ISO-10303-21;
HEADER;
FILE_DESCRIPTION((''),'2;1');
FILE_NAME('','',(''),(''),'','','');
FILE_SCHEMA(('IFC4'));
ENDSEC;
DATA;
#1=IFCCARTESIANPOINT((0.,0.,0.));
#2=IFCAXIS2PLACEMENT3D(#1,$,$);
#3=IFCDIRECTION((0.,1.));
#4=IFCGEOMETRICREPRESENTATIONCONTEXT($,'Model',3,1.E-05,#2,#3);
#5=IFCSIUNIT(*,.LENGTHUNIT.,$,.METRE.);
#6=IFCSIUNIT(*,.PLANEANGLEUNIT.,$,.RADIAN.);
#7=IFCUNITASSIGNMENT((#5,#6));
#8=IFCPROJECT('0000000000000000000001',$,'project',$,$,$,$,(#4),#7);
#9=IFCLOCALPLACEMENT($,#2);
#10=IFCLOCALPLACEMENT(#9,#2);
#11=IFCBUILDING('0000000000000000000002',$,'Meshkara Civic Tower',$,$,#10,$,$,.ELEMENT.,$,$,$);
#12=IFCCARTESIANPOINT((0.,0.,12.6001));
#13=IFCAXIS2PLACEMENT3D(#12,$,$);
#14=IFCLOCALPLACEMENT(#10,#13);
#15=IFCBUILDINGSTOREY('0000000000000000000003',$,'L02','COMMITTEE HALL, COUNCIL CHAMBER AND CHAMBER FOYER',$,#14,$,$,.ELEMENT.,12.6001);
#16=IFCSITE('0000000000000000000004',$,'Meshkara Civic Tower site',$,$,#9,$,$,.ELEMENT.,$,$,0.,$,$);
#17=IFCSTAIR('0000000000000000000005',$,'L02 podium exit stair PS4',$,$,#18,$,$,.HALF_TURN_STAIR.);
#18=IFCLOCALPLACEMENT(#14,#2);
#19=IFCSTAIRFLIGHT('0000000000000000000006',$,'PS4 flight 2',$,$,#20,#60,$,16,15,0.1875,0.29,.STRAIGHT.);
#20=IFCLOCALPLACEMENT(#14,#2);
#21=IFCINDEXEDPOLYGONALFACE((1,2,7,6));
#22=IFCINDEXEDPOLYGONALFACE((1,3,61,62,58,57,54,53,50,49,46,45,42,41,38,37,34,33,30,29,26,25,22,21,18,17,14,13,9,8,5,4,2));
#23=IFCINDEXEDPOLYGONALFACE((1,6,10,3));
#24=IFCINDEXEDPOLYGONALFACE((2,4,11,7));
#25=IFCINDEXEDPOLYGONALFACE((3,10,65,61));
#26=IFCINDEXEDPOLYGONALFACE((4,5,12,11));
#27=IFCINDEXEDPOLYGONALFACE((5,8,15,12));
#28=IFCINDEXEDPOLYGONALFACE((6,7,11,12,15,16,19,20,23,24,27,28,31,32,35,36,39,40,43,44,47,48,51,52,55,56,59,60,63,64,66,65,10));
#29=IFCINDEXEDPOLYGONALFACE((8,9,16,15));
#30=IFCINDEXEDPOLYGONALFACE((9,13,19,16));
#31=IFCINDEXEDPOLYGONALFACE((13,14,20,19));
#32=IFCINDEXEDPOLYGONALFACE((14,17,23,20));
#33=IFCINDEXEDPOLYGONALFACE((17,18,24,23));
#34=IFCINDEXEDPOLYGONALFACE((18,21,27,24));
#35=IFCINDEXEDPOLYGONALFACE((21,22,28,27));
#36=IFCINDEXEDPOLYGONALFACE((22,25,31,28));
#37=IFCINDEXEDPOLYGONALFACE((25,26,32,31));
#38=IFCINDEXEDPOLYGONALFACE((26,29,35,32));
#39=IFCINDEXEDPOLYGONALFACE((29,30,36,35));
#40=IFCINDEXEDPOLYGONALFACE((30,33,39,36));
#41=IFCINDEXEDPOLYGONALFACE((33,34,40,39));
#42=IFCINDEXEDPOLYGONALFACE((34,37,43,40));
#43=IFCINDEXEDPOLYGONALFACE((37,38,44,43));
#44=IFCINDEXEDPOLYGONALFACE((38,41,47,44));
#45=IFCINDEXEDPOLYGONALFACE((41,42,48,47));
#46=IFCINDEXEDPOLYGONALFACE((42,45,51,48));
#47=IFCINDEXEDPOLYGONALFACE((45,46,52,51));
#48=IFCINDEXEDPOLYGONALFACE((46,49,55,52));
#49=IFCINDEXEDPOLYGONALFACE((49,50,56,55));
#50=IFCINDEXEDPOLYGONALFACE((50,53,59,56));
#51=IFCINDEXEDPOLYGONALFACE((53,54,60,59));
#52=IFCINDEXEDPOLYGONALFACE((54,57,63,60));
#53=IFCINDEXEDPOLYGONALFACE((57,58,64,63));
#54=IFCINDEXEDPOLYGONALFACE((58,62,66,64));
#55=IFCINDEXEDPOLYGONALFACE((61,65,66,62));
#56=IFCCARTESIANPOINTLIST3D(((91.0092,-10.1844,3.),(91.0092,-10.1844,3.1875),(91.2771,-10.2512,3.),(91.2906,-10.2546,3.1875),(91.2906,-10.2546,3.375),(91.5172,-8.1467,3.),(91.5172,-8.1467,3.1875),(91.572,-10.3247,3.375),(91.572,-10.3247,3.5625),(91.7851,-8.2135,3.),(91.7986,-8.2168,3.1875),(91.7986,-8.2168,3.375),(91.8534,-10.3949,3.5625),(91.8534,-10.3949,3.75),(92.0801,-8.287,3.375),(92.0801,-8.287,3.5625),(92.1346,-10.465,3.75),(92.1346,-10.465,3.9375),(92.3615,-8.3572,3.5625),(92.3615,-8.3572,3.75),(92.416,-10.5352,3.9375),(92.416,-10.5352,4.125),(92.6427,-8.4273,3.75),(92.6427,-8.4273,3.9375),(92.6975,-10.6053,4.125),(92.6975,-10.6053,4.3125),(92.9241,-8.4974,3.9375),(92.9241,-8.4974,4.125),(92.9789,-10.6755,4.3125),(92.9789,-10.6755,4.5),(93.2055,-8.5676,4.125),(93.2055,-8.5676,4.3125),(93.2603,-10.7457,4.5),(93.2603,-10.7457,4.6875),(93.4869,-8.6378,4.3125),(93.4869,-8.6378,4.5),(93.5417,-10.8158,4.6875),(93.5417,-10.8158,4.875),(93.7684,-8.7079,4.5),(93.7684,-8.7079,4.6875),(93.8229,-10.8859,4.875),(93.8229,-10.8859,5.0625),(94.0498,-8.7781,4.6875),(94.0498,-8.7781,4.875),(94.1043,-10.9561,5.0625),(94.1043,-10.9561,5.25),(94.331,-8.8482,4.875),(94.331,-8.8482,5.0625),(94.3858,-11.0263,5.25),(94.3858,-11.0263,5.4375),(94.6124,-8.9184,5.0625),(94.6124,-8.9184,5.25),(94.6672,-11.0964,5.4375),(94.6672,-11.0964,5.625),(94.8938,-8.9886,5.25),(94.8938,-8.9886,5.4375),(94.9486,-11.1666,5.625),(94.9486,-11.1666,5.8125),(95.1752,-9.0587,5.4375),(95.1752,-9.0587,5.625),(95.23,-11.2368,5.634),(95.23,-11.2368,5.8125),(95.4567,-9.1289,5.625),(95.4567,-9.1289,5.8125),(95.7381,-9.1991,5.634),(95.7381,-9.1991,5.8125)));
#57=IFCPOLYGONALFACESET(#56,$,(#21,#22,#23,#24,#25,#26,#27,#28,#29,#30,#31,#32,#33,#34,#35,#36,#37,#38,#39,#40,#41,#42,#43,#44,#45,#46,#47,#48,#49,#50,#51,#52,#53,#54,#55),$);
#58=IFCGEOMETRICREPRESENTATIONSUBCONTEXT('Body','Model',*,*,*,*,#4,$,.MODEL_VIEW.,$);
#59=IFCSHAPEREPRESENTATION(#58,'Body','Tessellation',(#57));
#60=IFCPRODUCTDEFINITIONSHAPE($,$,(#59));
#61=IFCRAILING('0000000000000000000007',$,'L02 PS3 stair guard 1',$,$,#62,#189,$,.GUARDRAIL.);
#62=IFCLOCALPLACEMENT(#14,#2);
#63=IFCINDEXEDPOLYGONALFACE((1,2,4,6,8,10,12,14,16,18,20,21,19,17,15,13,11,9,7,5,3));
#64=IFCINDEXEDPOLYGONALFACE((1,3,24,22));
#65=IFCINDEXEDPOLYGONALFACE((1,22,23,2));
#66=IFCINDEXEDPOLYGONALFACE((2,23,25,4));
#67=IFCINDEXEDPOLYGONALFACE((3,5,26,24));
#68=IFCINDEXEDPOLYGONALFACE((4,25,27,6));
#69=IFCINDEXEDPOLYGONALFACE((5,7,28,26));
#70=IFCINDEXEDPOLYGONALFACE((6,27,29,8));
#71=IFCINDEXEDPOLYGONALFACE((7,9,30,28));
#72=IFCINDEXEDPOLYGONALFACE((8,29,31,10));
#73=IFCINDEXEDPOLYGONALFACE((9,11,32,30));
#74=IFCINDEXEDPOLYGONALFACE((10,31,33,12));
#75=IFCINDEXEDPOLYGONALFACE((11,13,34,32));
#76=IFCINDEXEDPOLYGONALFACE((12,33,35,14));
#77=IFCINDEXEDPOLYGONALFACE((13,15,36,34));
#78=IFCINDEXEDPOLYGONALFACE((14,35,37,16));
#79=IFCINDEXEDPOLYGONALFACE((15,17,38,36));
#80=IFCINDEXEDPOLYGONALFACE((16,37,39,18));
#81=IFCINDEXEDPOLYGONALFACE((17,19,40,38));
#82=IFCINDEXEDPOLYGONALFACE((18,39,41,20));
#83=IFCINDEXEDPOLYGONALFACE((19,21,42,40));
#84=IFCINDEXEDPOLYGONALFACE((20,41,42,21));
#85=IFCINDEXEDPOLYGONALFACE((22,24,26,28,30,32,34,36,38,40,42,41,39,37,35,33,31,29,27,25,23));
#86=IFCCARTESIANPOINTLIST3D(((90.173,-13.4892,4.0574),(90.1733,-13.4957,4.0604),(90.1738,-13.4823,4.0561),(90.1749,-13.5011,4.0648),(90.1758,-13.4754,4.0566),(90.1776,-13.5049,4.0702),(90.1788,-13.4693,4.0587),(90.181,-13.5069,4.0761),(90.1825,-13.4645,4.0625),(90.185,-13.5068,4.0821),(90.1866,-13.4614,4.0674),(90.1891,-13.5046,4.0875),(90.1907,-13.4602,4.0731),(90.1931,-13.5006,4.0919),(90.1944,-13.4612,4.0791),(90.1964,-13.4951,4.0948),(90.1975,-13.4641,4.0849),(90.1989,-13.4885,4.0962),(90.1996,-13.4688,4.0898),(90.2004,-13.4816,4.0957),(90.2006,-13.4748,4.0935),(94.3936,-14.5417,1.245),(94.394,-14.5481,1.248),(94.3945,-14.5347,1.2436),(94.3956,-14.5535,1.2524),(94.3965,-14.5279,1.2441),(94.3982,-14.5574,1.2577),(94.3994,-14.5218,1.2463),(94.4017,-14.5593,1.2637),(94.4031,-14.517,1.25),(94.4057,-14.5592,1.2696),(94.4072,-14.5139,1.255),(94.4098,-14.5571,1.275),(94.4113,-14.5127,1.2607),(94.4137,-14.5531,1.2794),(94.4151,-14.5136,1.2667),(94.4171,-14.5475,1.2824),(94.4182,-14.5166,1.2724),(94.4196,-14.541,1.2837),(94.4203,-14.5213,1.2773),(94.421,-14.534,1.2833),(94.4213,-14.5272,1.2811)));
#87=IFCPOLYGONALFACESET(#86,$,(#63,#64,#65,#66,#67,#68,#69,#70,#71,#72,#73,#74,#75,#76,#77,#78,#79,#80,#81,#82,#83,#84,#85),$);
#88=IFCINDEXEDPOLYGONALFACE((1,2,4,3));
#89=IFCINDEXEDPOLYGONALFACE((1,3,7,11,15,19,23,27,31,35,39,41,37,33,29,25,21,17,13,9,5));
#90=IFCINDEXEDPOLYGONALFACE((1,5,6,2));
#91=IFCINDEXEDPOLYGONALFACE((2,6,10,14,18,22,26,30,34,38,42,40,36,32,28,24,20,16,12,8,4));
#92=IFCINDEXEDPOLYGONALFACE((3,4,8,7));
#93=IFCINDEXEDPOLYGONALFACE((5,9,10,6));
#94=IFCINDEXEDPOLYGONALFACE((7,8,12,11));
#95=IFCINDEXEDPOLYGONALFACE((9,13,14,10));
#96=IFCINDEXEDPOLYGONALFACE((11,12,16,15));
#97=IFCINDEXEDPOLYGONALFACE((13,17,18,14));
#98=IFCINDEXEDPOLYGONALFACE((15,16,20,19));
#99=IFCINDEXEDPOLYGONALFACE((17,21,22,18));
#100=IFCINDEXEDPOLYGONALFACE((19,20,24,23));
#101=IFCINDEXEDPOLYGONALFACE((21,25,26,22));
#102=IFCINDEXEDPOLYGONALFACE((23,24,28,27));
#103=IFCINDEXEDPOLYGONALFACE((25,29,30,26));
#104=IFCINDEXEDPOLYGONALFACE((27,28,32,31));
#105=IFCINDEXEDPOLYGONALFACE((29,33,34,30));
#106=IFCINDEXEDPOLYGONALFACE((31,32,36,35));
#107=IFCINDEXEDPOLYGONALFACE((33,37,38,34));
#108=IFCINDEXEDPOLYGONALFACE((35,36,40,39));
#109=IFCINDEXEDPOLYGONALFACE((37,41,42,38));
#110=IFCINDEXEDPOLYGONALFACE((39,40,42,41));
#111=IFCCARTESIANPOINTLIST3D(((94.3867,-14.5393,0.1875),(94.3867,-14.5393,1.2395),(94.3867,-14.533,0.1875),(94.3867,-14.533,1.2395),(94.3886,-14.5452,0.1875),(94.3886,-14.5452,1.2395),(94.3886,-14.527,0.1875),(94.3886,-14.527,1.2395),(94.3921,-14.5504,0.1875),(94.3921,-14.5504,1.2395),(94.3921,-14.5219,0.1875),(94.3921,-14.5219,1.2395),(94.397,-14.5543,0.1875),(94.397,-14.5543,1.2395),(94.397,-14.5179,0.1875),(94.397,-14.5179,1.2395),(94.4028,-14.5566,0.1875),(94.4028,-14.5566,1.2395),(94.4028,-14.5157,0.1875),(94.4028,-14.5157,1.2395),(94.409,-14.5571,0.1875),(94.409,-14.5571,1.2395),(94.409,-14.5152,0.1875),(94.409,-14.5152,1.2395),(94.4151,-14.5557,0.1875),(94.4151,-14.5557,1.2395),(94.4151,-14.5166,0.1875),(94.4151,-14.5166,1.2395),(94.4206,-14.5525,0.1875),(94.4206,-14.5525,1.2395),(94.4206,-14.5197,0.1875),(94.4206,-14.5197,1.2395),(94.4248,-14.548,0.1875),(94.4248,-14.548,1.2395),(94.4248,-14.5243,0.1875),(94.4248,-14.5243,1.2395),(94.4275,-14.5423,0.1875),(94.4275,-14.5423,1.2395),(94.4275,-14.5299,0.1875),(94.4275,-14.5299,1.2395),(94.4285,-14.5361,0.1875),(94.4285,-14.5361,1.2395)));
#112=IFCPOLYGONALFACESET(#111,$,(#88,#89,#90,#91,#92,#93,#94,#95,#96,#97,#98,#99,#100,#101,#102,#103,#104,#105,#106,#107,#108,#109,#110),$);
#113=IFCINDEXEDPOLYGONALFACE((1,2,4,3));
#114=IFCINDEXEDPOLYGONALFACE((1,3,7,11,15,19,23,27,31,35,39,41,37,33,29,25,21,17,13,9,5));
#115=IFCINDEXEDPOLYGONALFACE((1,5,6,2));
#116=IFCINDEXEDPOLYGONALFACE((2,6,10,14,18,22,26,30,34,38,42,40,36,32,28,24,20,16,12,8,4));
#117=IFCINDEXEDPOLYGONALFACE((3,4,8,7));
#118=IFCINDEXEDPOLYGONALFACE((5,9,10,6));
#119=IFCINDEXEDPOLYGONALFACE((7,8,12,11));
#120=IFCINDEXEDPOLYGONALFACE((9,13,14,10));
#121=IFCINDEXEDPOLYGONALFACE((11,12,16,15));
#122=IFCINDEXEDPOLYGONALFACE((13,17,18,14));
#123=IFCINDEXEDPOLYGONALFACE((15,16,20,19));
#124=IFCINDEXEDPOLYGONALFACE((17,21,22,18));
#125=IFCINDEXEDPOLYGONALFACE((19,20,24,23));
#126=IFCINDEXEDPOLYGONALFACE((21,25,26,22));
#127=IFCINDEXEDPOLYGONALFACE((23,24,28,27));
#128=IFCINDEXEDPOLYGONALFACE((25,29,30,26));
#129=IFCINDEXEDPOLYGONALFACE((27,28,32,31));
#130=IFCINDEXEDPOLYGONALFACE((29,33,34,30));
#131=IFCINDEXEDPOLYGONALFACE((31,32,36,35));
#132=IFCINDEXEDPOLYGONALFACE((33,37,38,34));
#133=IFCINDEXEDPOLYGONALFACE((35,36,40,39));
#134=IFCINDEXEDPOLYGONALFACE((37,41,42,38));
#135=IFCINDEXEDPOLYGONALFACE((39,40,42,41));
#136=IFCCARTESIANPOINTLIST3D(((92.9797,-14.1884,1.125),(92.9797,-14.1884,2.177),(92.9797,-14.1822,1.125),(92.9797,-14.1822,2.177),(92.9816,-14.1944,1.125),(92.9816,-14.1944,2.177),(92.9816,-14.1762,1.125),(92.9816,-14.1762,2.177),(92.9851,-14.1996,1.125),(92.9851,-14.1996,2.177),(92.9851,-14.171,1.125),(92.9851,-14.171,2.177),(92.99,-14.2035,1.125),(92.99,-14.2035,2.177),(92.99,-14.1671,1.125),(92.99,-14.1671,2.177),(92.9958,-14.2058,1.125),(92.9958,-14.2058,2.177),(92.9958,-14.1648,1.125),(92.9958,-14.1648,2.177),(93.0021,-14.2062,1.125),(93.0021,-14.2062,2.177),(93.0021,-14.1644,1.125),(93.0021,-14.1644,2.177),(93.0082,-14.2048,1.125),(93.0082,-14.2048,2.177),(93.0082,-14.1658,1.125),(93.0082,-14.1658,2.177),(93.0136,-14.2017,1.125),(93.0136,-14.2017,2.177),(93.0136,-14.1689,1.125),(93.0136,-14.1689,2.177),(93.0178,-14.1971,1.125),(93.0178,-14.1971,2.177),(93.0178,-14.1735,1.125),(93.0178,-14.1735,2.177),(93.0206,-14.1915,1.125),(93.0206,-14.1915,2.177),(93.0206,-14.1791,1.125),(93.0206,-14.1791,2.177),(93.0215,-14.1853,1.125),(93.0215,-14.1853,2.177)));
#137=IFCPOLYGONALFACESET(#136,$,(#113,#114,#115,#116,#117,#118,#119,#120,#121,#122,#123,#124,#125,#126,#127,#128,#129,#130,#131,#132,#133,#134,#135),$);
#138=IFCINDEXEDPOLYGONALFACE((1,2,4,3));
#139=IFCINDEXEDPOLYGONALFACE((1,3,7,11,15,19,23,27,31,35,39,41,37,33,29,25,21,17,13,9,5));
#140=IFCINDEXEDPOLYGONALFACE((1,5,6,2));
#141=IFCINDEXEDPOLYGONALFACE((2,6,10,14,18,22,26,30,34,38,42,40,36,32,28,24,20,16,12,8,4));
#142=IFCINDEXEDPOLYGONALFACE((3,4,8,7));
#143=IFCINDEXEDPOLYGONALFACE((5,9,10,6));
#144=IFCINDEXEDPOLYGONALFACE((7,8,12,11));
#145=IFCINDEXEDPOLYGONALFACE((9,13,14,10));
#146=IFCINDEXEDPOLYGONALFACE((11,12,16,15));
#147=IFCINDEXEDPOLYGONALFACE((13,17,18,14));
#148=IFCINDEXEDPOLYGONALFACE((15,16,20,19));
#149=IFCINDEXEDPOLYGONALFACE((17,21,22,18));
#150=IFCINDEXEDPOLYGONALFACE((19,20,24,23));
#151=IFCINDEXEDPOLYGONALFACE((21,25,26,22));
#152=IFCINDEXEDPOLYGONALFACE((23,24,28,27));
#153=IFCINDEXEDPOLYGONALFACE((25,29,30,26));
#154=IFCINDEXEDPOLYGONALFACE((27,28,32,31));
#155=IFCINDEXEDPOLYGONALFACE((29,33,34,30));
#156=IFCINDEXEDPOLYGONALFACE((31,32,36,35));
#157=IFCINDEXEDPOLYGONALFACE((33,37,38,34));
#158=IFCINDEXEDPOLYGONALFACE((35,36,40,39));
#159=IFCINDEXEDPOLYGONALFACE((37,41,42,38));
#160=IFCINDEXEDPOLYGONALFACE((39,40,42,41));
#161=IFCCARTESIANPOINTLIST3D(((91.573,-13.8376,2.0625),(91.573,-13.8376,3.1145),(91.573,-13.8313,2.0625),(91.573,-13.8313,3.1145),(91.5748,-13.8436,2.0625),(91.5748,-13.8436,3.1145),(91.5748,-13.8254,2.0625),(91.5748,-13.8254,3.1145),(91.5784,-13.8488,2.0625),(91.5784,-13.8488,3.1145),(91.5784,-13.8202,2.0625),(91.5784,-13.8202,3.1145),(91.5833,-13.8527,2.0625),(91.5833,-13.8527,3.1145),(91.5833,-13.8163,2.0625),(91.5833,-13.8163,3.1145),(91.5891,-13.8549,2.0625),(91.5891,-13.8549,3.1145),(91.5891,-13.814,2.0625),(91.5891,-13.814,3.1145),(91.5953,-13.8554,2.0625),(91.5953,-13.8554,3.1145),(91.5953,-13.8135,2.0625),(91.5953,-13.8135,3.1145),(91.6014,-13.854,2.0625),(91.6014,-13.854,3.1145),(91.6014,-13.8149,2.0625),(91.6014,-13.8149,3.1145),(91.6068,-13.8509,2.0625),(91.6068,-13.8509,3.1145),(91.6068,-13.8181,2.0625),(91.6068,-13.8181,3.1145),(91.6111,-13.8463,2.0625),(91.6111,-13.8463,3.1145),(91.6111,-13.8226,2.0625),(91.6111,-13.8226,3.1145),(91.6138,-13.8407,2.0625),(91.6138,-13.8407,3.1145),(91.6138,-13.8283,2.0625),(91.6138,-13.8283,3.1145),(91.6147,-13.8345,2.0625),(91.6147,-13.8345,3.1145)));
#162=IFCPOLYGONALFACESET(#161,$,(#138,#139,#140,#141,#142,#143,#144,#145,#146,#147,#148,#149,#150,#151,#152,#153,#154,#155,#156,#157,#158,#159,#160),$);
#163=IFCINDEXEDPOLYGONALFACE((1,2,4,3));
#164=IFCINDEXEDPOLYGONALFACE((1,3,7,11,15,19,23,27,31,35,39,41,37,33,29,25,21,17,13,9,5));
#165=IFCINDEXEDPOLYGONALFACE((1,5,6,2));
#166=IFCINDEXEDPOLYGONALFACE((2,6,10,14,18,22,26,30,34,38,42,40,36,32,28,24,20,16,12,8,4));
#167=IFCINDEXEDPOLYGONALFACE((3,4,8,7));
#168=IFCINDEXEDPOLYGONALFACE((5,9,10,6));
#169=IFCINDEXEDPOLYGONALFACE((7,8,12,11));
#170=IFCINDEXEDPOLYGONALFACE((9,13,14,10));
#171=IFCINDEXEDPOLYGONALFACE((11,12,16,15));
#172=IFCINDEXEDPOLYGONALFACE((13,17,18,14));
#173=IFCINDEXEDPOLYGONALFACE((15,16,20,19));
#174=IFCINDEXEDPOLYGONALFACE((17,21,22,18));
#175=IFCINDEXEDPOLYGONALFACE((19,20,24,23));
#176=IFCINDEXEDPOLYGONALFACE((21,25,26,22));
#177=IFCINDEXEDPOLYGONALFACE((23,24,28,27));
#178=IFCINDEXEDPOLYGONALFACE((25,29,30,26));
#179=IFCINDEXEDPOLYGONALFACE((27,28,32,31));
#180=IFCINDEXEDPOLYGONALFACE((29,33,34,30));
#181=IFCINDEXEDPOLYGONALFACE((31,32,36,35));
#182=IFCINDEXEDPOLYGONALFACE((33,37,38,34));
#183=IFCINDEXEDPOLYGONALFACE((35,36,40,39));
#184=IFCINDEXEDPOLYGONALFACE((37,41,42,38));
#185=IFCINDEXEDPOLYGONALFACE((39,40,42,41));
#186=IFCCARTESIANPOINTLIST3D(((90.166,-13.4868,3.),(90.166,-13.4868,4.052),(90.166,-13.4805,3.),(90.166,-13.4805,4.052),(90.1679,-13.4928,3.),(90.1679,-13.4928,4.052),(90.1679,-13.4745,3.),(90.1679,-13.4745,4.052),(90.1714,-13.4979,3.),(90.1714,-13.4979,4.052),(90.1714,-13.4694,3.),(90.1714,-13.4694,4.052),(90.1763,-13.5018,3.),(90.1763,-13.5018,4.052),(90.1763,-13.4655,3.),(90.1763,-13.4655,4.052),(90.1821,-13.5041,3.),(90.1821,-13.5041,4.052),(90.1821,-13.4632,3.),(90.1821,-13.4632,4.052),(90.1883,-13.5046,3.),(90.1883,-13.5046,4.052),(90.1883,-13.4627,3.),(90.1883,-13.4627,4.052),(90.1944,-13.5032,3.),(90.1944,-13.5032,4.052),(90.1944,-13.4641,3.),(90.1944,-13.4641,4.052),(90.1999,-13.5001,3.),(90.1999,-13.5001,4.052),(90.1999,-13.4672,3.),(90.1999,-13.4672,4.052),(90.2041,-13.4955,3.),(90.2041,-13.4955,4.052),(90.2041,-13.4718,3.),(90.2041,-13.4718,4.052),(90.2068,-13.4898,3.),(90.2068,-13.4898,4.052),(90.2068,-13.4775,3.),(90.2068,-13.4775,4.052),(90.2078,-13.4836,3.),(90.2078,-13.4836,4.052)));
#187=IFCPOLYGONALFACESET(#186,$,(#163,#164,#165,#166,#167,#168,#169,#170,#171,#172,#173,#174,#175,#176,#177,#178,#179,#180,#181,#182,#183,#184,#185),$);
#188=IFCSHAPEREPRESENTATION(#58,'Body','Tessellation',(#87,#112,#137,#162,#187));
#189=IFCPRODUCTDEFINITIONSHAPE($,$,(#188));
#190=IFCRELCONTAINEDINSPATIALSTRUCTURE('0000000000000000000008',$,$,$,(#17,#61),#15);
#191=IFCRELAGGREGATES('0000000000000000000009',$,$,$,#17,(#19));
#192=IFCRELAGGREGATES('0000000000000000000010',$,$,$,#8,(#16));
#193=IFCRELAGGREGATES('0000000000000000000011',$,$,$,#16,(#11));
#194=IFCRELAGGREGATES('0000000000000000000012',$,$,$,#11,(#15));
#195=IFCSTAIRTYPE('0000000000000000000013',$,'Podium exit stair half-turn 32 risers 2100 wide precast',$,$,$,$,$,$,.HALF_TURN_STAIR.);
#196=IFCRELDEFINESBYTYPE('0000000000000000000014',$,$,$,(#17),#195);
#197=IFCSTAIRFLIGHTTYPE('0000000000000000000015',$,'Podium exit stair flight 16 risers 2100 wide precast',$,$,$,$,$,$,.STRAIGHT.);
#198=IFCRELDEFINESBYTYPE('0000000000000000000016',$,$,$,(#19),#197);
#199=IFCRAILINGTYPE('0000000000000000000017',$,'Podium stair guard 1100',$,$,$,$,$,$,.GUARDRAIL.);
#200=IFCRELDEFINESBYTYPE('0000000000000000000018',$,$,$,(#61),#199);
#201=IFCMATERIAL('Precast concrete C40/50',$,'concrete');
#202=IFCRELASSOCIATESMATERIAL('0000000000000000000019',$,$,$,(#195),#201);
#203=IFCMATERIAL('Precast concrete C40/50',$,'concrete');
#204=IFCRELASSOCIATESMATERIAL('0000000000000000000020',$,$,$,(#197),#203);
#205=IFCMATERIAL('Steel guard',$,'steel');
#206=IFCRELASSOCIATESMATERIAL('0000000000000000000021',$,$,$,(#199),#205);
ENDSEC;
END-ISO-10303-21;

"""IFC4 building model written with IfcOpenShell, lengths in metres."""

from ifc_helpers import new_model, si_unit, direction, frame, origin, origin_2d, place, context, subcontext, project, spatial, polyline, circle, outline, extrude, material, type_object, element, aggregate, save


model = new_model("IFC4")

# Units and contexts
model_context = context("Model", 3, precision=1e-05, world=origin(), true_north=direction((0.0, 1.0)))
body_context = subcontext(model_context, "Body", "Model", "MODEL_VIEW")
ifc_project = project(units=[si_unit("LENGTHUNIT", "METRE"), si_unit("PLANEANGLEUNIT", "RADIAN")], contexts=[model_context])

# Site, building, storey
site_placement = place(None, origin())
site = spatial("IfcSite", under=ifc_project, at=site_placement, Name="Meshkara Civic Tower site", CompositionType="ELEMENT", RefElevation=0.0)
building_placement = place(site_placement, origin())
building = spatial("IfcBuilding", under=site, at=building_placement, Name="Meshkara Civic Tower", CompositionType="ELEMENT")
storey_placement = place(building_placement, frame((0.0, 0.0, 12.6001)))
storey = spatial("IfcBuildingStorey", under=building, at=storey_placement, Name="L02", Description="COMMITTEE HALL, COUNCIL CHAMBER AND CHAMBER FOYER", CompositionType="ELEMENT", Elevation=12.6001)

# Stair, stair flight
ifc_material_1 = material(Name="Precast concrete C40/50", Category="concrete")
stair_type = type_object("IfcStairType", Name="Podium exit stair half-turn 32 risers 2100 wide precast", PredefinedType="HALF_TURN_STAIR", material=ifc_material_1)
ifc_material_2 = material(Name="Precast concrete C40/50", Category="concrete")
stair_flight_type = type_object("IfcStairFlightType", Name="Podium exit stair flight 16 risers 2100 wide precast", PredefinedType="STRAIGHT", material=ifc_material_2)
stair_1_placement = place(storey_placement, origin())
stair_1 = element("IfcStair", 1, at=stair_1_placement, inside=storey, type_object=stair_type, Name="L02 podium exit stair PS4", PredefinedType="HALF_TURN_STAIR")
stair_flight_1_placement = place(storey_placement, frame((91.2632, -9.1655, 3.0), z_axis=(0.0, 0.0, 1.0), x_axis=(0.970296, -0.241922, 0.0)))
stair_flight_1 = element("IfcStairFlight", 2, at=stair_flight_1_placement, type_object=stair_flight_type, Name="PS4 flight 2", NumberOfRisers=16, NumberOfTreads=15, PredefinedType="STRAIGHT", RiserHeight=0.1875, TreadLength=0.29, context=body_context, shape_type="SweptSolid", body=[
    extrude(outline(polyline([(0.0, 0.0), (0.0, 0.1875), (0.29, 0.1875), (0.29, 0.375), (0.5801, 0.375), (0.5801, 0.5625), (0.8701, 0.5625), (0.8701, 0.75), (1.1599, 0.75), (1.1599, 0.9375), (1.45, 0.9375), (1.45, 1.125), (1.74, 1.125), (1.74, 1.3125), (2.03, 1.3125), (2.03, 1.5), (2.3201, 1.5), (2.3201, 1.6875), (2.6101, 1.6875), (2.6101, 1.875), (2.8999, 1.875), (2.8999, 2.0625), (3.1899, 2.0625), (3.1899, 2.25), (3.48, 2.25), (3.48, 2.4375), (3.77, 2.4375), (3.77, 2.625), (4.0601, 2.625), (4.0601, 2.8125), (4.3501, 2.8125), (4.3501, 3.0), (4.3501, 2.634), (0.2761, 0.0), (0.0, 0.0)])), frame((0.0, 1.05, 0.0), z_axis=(0.0, -1.0, 0.0), x_axis=(1.0, 0.0, 0.0)), (0.0, 0.0, 1.0), 2.1001),
])
aggregate(stair_1, [stair_flight_1])

# Railing
ifc_material_3 = material(Name="Steel guard", Category="steel")
railing_type_1 = type_object("IfcRailingType", Name="Podium stair guard 1100", PredefinedType="GUARDRAIL", material=ifc_material_3)
railing_1_placement = place(storey_placement, frame((94.4075, -14.5361, 0.1875)))
element("IfcRailing", 3, at=railing_1_placement, inside=storey, type_object=railing_type_1, Name="L02 PS3 stair guard 1", PredefinedType="GUARDRAIL", context=body_context, shape_type="SweptSolid", body=[
    extrude(circle(Radius=0.0239, at=origin_2d()), frame((0.0, 0.0, 1.0762), z_axis=(-0.81481, 0.203184, 0.542955), x_axis=(-0.241955, -0.970288, 0.0)), (0.0, 0.0, 1.0), 5.1799),
    extrude(circle(Radius=0.021, at=origin_2d()), origin(), (0.0, 0.0, 1.0), 1.052),
    extrude(circle(Radius=0.021, at=origin_2d()), frame((-1.407, 0.3508, 0.9375)), (0.0, 0.0, 1.0), 1.052),
    extrude(circle(Radius=0.021, at=origin_2d()), frame((-2.8137, 0.7017, 1.875)), (0.0, 0.0, 1.0), 1.052),
    extrude(circle(Radius=0.021, at=origin_2d()), frame((-4.2207, 1.0525, 2.8125)), (0.0, 0.0, 1.0), 1.052),
])

save(model, "model.ifc")
